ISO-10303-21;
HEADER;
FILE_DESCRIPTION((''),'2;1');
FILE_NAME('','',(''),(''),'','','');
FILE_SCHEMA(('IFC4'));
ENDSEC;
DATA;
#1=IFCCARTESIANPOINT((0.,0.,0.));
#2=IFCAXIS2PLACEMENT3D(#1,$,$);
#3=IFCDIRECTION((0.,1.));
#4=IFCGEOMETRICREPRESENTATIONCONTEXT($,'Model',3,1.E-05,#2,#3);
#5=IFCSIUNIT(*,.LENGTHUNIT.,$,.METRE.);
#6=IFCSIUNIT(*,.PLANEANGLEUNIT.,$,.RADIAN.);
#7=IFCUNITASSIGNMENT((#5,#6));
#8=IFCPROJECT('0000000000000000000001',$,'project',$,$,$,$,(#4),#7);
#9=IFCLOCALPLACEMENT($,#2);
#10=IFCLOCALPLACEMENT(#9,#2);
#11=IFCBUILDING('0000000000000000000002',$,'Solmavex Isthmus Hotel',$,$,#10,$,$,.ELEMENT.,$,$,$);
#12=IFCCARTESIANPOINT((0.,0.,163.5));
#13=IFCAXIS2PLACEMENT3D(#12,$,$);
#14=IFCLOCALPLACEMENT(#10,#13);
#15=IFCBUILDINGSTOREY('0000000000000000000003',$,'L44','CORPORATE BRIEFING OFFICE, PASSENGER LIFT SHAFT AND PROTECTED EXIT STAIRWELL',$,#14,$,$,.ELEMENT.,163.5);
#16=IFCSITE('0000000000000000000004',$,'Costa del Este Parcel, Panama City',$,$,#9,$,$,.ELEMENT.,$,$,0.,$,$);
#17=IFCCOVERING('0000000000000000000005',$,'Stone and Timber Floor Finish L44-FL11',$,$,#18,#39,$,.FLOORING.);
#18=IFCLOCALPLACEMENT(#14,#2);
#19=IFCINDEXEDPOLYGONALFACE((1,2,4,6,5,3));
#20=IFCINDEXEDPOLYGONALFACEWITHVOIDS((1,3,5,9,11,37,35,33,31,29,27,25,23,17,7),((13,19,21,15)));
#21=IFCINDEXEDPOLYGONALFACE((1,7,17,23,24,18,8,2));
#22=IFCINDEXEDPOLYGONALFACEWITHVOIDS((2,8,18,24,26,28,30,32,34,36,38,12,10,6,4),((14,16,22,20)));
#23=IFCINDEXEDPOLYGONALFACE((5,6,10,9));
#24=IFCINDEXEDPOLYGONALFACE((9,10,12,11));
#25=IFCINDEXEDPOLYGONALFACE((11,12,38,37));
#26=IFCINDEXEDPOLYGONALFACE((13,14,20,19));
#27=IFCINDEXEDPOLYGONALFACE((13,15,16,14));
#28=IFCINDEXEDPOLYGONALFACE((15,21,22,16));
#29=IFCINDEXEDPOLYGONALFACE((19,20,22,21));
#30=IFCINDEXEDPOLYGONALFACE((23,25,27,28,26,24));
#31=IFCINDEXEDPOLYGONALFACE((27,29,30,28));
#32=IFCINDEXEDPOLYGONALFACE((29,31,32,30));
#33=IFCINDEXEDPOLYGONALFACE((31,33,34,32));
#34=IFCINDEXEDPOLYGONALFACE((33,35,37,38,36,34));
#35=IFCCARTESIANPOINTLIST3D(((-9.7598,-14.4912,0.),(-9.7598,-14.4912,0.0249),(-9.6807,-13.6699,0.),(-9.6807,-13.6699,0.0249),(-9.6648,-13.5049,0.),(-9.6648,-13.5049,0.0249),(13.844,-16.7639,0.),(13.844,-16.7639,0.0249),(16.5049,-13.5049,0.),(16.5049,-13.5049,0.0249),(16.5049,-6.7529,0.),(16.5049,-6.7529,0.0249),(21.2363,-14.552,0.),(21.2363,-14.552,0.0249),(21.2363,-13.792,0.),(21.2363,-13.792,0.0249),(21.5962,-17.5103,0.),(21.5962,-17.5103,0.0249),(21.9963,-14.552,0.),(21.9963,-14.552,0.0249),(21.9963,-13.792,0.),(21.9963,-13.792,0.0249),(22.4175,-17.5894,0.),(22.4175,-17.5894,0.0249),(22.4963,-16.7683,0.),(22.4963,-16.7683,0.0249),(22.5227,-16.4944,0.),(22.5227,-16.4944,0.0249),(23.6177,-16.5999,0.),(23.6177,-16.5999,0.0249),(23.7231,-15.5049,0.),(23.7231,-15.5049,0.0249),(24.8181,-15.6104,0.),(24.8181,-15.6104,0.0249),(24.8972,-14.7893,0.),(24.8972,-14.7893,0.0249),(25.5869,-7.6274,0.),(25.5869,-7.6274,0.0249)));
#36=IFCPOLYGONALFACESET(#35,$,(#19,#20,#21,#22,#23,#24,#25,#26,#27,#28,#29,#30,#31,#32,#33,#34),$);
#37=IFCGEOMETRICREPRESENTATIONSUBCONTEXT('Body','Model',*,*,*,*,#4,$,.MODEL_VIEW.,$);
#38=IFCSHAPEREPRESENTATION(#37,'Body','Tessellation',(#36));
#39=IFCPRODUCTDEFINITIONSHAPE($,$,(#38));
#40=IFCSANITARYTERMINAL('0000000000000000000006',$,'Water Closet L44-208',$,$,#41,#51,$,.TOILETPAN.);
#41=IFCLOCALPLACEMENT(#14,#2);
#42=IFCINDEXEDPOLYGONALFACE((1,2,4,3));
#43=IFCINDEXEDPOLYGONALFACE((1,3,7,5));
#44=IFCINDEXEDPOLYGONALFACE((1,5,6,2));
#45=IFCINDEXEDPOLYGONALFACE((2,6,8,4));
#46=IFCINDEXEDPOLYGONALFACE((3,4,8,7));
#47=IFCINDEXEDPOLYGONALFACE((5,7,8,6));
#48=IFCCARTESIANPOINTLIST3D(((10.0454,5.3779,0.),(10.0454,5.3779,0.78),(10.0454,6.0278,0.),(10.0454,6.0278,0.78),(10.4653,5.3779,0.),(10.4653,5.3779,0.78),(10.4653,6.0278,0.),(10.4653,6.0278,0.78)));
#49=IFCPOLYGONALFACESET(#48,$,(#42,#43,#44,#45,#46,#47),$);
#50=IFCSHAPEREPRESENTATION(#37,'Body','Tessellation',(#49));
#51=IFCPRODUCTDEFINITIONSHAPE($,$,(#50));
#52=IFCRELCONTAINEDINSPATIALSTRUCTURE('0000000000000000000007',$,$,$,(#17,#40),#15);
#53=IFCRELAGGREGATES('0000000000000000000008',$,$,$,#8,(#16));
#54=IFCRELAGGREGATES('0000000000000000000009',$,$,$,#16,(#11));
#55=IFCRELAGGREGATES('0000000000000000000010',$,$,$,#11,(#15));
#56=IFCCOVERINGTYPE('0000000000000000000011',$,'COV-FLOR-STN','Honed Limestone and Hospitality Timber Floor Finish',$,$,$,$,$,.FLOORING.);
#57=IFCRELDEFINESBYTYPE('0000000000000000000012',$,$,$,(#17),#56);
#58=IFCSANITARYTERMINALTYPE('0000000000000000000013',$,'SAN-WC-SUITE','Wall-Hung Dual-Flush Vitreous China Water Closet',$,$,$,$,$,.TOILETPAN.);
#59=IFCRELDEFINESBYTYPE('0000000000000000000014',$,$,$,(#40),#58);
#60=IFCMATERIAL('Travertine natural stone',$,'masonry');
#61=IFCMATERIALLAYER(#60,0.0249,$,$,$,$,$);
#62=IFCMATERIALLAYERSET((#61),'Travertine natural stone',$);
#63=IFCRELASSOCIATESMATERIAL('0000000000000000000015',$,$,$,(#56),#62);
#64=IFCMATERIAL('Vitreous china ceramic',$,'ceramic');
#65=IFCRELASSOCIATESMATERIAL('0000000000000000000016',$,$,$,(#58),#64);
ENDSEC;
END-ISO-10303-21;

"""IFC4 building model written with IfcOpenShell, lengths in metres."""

from ifc_helpers import new_model, si_unit, direction, frame, origin, origin_2d, place, context, subcontext, project, spatial, polyline, rectangle, outline, extrude, material, layer, layer_set, type_object, element, save


model = new_model("IFC4")

# Units and contexts
model_context = context("Model", 3, precision=1e-05, world=origin(), true_north=direction((0.0, 1.0)))
body_context = subcontext(model_context, "Body", "Model", "MODEL_VIEW")
ifc_project = project(units=[si_unit("LENGTHUNIT", "METRE"), si_unit("PLANEANGLEUNIT", "RADIAN")], contexts=[model_context])

# Site, building, storey
site_placement = place(None, origin())
site = spatial("IfcSite", under=ifc_project, at=site_placement, Name="Costa del Este Parcel, Panama City", CompositionType="ELEMENT", RefElevation=0.0)
building_placement = place(site_placement, origin())
building = spatial("IfcBuilding", under=site, at=building_placement, Name="Solmavex Isthmus Hotel", CompositionType="ELEMENT")
storey_placement = place(building_placement, frame((0.0, 0.0, 163.5)))
storey = spatial("IfcBuildingStorey", under=building, at=storey_placement, Name="L44", Description="CORPORATE BRIEFING OFFICE, PASSENGER LIFT SHAFT AND PROTECTED EXIT STAIRWELL", CompositionType="ELEMENT", Elevation=163.5)

# Covering
ifc_material_1 = material(Name="Travertine natural stone", Category="masonry")
ifc_layer_1 = layer(ifc_material_1, 0.0249)
ifc_layer_set_1 = layer_set([ifc_layer_1], Name="Travertine natural stone")
covering_type_1 = type_object("IfcCoveringType", Name="COV-FLOR-STN", Description="Honed Limestone and Hospitality Timber Floor Finish", PredefinedType="FLOORING", material=ifc_layer_set_1)
covering_1_placement = place(storey_placement, origin())
element("IfcCovering", 1, at=covering_1_placement, inside=storey, type_object=covering_type_1, Name="Stone and Timber Floor Finish L44-FL11", PredefinedType="FLOORING", context=body_context, shape_type="SweptSolid", body=[
    extrude(outline(polyline([(21.5962, -17.5103), (22.4175, -17.5894), (22.4963, -16.7683), (22.5227, -16.4944), (23.6177, -16.5999), (23.7231, -15.5049), (24.8181, -15.6104), (24.8972, -14.7893), (25.5869, -7.6274), (16.5049, -6.7529), (16.5049, -13.5049), (-9.6648, -13.5049), (-9.6807, -13.6699), (-9.7598, -14.4912), (13.844, -16.7639), (21.5962, -17.5103)]), holes=[polyline([(21.2363, -14.552), (21.2363, -13.792), (21.9963, -13.792), (21.9963, -14.552), (21.2363, -14.552)])]), origin(), (0.0, 0.0, 1.0), 0.0249),
])

# Sanitary terminal
ifc_material_2 = material(Name="Vitreous china ceramic", Category="ceramic")
sanitary_terminal_type = type_object("IfcSanitaryTerminalType", Name="SAN-WC-SUITE", Description="Wall-Hung Dual-Flush Vitreous China Water Closet", PredefinedType="TOILETPAN", material=ifc_material_2)
sanitary_terminal_placement = place(storey_placement, frame((10.2554, 5.7029, 0.0), z_axis=(0.0, 0.0, 1.0), x_axis=(1.0, 0.0, 0.0)))
element("IfcSanitaryTerminal", 2, at=sanitary_terminal_placement, inside=storey, type_object=sanitary_terminal_type, Name="Water Closet L44-208", PredefinedType="TOILETPAN", context=body_context, shape_type="SweptSolid", body=[
    extrude(rectangle(XDim=0.4199, YDim=0.6499, at=origin_2d()), origin(), (0.0, 0.0, 1.0), 0.78),
])

save(model, "model.ifc")
